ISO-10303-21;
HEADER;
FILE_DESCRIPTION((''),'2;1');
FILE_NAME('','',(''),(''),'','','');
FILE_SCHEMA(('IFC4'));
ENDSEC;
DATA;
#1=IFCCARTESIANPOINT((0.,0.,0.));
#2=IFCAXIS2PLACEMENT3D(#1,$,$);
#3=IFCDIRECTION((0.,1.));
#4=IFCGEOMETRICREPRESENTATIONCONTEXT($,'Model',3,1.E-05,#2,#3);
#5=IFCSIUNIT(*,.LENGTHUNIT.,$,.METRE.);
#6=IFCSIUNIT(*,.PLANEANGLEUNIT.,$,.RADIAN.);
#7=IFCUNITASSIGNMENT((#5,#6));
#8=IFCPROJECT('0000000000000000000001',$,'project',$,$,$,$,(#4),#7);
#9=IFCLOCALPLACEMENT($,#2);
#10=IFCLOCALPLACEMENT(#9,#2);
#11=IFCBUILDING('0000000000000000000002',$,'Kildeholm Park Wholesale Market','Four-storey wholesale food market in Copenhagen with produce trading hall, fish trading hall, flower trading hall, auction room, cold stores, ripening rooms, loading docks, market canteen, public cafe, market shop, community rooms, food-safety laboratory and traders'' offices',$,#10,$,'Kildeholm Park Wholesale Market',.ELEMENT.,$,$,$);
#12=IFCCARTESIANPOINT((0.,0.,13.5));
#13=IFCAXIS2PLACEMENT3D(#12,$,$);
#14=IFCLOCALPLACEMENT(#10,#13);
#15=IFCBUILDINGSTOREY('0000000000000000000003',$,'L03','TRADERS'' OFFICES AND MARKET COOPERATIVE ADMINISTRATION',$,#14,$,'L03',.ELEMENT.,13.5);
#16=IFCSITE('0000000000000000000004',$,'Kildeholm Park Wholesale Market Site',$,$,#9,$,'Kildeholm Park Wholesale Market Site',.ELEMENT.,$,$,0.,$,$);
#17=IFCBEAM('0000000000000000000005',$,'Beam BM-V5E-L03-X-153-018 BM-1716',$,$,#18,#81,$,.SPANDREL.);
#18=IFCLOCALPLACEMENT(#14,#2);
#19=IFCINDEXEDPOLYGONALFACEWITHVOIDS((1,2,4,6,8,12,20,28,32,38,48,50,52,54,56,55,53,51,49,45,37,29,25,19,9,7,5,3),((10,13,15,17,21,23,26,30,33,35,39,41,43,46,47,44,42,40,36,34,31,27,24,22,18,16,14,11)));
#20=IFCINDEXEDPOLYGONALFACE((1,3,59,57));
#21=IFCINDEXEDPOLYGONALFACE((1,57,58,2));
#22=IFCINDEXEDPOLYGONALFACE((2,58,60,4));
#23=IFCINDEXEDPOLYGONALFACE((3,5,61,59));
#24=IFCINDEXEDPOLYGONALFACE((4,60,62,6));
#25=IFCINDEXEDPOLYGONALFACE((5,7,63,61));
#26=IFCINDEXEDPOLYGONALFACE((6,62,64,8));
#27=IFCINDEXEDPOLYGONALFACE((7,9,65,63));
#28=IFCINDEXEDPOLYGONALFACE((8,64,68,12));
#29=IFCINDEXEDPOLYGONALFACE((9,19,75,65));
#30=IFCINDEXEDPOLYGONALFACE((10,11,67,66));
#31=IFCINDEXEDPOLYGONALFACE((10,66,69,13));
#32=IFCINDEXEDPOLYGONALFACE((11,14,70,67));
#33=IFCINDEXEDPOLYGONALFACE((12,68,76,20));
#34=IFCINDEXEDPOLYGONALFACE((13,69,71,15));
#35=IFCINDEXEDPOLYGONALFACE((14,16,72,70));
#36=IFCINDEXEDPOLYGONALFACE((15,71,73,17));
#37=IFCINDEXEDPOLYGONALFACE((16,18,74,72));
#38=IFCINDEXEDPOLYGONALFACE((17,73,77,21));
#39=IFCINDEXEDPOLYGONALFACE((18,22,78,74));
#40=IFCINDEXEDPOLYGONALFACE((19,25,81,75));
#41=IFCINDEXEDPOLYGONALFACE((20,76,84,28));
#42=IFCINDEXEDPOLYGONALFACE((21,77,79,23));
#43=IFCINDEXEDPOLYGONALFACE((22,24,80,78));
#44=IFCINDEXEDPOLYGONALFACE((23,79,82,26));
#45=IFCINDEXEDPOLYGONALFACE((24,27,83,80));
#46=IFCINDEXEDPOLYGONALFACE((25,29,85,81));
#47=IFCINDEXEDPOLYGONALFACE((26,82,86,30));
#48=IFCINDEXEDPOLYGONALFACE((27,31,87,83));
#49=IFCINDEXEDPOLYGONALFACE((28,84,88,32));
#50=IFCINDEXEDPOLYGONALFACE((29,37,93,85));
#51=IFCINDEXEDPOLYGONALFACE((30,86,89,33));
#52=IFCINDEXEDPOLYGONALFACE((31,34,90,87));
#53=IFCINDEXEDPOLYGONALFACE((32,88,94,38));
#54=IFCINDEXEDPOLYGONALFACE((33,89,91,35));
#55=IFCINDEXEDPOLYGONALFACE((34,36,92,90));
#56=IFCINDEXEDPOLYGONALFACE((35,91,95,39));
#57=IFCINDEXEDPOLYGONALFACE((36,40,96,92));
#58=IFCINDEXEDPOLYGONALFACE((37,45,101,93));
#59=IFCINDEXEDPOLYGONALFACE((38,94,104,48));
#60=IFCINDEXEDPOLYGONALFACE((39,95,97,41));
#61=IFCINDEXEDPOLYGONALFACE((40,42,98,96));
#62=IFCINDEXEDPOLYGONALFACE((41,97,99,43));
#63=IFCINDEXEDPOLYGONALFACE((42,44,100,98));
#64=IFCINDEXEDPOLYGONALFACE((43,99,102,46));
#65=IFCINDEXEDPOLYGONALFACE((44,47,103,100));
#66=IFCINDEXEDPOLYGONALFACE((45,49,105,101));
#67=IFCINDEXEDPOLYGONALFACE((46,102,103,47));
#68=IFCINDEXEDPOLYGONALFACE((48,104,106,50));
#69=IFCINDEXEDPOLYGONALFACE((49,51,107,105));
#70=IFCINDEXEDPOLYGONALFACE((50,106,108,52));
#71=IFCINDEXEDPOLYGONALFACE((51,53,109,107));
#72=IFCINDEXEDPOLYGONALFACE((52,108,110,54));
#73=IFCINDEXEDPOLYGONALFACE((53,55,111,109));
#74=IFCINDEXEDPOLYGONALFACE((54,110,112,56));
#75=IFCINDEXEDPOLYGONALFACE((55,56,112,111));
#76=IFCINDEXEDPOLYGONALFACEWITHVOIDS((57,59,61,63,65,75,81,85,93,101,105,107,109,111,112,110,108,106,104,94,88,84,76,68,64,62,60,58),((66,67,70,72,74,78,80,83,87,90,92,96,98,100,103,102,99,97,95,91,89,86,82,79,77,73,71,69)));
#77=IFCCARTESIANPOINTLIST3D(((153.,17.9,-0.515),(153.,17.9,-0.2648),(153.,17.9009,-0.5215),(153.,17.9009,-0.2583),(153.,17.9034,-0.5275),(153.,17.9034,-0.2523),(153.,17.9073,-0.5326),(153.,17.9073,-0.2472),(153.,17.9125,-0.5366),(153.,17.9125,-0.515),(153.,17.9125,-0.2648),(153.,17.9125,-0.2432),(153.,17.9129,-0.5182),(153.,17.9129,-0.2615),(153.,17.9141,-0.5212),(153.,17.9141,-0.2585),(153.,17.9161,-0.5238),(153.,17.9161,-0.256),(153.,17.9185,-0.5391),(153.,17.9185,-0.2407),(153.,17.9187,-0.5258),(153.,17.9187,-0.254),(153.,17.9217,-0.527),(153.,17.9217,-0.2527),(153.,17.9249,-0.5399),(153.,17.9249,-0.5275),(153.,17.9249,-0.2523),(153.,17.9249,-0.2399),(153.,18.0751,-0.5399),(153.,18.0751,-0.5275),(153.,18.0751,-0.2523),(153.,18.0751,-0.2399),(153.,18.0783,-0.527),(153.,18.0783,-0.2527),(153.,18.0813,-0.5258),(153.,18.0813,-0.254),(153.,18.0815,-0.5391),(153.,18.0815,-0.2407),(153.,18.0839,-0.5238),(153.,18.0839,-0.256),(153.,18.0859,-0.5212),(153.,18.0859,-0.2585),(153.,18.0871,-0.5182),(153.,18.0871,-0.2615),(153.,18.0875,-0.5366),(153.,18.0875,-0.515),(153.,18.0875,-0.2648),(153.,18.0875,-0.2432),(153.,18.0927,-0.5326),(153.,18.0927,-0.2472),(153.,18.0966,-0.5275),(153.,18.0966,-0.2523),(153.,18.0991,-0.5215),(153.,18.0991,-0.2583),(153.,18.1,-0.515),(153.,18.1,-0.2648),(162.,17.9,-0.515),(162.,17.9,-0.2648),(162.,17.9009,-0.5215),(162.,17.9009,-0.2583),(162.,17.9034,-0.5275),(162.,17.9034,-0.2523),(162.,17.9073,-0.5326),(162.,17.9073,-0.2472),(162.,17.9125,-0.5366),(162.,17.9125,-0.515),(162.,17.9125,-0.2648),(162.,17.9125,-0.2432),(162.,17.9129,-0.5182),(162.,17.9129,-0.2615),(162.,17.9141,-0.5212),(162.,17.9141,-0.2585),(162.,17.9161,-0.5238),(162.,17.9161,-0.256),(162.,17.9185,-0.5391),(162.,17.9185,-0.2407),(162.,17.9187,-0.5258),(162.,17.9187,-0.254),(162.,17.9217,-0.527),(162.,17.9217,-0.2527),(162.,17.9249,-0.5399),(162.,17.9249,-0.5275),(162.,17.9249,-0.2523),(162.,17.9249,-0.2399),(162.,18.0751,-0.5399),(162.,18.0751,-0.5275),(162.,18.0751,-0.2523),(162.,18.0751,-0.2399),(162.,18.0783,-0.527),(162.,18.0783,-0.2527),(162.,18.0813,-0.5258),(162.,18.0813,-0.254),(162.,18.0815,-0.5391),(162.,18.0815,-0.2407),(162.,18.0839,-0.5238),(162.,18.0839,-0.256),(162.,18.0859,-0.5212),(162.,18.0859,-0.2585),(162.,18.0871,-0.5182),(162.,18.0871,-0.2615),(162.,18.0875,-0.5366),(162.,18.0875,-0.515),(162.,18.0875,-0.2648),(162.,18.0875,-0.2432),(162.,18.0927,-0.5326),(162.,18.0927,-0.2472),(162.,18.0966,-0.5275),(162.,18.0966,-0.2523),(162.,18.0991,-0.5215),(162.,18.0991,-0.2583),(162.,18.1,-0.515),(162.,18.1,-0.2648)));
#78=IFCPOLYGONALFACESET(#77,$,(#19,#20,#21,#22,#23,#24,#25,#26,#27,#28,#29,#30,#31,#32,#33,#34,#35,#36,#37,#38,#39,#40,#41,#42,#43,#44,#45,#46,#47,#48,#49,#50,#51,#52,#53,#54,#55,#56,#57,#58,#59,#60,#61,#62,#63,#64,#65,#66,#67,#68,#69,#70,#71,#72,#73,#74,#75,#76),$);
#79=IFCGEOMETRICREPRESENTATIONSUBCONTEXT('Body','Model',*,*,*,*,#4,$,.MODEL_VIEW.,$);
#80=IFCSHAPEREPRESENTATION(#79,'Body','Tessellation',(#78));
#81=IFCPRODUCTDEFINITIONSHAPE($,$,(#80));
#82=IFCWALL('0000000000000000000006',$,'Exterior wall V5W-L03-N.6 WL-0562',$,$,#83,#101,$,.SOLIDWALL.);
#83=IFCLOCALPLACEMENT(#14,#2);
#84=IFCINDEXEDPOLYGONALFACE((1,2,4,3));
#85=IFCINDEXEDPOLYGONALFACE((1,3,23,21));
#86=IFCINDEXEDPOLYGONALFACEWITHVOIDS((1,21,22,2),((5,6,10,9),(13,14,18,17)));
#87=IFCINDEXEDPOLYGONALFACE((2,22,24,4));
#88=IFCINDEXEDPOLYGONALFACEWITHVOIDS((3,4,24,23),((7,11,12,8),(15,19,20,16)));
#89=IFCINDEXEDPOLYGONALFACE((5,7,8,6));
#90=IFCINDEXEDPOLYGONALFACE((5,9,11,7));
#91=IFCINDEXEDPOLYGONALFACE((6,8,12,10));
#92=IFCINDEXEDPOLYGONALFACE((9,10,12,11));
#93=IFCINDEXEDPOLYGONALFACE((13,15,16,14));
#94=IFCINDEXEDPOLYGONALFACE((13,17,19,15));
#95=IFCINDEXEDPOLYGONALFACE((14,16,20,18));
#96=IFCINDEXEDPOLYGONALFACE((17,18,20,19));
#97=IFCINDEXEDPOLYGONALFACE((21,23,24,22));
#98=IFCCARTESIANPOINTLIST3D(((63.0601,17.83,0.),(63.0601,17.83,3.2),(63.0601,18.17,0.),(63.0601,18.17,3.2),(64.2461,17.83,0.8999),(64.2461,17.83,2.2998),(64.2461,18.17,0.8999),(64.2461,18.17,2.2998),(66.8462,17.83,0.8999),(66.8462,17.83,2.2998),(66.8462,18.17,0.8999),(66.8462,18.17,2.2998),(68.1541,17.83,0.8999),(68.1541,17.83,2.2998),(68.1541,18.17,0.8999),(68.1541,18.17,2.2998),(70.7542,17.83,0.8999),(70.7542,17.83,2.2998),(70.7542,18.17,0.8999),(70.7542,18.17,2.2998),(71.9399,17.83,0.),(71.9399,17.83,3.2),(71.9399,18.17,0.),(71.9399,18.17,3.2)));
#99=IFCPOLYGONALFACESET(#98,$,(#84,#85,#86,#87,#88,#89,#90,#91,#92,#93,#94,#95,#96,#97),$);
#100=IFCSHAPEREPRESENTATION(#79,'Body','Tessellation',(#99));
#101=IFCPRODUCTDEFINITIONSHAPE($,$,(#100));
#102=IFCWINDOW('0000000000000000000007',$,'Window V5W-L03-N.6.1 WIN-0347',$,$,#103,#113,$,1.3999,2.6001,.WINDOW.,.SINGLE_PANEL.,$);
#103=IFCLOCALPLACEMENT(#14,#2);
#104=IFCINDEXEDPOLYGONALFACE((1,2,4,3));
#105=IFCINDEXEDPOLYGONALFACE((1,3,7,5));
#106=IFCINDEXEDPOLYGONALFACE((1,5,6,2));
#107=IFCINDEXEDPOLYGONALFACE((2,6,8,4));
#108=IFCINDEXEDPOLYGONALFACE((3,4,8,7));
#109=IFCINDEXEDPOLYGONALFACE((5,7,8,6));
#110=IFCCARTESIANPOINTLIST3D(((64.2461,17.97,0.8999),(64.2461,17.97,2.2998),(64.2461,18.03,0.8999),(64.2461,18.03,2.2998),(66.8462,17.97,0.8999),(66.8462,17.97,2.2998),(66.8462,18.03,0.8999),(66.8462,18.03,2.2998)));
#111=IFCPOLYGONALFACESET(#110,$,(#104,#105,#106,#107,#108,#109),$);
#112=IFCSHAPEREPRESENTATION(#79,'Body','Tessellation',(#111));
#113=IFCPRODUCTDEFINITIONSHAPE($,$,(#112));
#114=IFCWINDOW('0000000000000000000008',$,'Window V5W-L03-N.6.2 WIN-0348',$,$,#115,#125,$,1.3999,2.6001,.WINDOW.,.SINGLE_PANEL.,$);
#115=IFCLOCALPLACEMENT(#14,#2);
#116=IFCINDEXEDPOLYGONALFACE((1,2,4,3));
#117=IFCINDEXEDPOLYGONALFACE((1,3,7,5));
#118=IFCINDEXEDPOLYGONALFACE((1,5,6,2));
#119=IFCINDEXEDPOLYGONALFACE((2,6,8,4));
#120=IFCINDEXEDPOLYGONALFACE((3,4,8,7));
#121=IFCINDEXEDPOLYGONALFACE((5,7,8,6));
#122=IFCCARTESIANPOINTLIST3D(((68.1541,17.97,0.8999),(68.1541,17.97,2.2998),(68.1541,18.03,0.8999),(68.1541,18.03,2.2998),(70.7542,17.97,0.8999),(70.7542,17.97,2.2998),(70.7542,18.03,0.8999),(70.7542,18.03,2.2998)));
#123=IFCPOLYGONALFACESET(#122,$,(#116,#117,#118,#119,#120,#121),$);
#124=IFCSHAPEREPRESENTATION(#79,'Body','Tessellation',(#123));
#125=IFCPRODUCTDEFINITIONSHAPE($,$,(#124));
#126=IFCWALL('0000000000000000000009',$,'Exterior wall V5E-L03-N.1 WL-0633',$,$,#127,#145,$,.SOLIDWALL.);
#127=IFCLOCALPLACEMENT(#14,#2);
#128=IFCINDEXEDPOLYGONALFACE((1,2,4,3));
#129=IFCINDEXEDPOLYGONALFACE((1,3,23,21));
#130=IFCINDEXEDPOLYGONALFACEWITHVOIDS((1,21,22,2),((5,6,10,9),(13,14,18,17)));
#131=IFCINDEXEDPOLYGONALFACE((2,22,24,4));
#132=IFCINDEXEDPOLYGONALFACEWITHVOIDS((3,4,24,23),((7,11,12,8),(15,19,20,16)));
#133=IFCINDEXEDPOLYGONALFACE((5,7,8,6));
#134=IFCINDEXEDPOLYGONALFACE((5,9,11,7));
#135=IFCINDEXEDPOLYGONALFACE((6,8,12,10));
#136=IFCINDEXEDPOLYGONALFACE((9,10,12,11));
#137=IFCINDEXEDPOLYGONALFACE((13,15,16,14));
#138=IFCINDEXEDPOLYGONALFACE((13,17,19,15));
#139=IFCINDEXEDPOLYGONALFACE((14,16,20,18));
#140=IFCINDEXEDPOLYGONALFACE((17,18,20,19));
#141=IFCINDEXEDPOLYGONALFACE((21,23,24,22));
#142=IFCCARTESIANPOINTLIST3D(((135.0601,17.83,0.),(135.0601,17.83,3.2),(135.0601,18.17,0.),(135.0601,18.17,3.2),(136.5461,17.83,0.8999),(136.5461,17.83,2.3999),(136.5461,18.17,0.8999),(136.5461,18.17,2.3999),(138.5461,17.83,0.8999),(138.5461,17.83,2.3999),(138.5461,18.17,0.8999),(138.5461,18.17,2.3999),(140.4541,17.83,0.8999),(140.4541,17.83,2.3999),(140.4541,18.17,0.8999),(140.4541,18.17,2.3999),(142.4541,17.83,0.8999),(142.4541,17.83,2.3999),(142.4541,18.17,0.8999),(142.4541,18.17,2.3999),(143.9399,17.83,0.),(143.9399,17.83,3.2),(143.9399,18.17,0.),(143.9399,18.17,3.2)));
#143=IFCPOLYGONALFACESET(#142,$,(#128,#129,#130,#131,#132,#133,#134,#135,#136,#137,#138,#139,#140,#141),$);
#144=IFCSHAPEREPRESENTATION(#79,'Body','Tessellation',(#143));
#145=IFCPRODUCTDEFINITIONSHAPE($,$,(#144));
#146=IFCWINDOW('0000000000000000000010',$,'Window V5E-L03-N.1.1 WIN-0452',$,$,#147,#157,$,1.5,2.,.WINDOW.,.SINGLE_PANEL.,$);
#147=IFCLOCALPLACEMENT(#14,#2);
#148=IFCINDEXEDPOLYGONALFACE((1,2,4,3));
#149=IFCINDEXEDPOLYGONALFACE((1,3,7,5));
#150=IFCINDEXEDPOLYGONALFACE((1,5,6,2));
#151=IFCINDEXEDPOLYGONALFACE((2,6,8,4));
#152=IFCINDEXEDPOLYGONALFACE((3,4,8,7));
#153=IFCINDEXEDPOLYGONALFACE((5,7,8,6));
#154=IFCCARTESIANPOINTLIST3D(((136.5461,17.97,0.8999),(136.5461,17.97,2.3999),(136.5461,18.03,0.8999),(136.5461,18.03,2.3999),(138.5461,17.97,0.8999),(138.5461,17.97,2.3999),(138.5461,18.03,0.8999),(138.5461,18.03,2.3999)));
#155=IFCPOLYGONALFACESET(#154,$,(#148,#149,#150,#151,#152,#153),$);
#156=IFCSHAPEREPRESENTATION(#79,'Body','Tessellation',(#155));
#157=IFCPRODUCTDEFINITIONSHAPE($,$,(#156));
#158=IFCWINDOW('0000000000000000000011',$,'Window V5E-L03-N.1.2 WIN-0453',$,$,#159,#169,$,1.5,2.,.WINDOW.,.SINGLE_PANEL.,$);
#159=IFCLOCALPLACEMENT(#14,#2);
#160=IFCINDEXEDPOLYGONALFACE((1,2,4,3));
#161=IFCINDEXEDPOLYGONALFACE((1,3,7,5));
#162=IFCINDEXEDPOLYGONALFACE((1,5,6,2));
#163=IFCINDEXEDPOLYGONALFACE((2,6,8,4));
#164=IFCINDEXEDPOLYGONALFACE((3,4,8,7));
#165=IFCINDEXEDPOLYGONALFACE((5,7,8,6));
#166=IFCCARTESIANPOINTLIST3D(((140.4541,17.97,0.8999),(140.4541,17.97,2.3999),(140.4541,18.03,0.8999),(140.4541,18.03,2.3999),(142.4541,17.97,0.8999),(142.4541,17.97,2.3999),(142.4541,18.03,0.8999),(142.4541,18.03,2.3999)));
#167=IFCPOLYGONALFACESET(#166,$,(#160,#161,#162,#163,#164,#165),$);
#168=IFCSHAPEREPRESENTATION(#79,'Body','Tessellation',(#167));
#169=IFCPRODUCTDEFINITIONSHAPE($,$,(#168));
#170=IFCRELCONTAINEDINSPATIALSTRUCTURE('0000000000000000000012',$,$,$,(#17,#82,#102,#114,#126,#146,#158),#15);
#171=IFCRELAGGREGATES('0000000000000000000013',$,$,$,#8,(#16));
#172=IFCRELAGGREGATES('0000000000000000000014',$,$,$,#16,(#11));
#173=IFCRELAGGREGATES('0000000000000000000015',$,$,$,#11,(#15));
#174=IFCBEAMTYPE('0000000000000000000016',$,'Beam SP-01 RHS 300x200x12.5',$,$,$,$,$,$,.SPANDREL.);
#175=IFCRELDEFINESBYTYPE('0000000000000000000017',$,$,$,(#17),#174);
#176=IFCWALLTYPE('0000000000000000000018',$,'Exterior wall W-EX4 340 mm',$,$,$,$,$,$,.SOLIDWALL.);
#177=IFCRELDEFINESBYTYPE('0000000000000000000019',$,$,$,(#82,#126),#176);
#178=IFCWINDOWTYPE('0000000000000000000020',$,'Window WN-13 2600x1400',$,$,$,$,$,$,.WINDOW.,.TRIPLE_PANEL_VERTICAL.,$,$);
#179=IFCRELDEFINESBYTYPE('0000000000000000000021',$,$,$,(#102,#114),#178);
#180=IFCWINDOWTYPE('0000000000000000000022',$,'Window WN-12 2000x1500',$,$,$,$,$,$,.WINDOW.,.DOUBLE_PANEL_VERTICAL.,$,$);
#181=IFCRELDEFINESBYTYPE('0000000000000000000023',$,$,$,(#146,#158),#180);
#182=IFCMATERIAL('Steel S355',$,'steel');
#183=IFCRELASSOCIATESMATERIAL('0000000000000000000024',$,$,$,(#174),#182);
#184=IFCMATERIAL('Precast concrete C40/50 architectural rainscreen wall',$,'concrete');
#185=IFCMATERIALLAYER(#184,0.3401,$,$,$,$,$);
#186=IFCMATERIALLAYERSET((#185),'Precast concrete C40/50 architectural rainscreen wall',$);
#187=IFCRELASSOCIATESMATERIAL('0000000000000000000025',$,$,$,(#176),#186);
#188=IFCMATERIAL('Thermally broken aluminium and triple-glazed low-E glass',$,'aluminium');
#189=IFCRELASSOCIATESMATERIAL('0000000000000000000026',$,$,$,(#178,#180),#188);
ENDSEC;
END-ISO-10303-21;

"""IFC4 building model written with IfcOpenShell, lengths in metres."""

from ifc_helpers import new_model, si_unit, direction, frame, frame_2d, origin, origin_2d, place, context, subcontext, project, spatial, rectangle, hollow_rectangle, extrude, material, layer, layer_set, material_profile, profile_set, type_object, element, fill, save


model = new_model("IFC4")

# Units and contexts
model_context = context("Model", 3, precision=1e-05, world=origin(), true_north=direction((0.0, 1.0)))
body_context = subcontext(model_context, "Body", "Model", "MODEL_VIEW")
ifc_project = project(units=[si_unit("LENGTHUNIT", "METRE"), si_unit("PLANEANGLEUNIT", "RADIAN")], contexts=[model_context])

# Site, building, storey
site_placement = place(None, origin())
site = spatial("IfcSite", under=ifc_project, at=site_placement, Name="Kildeholm Park Wholesale Market Site", LongName="Kildeholm Park Wholesale Market Site", CompositionType="ELEMENT", RefElevation=0.0)
building_placement = place(site_placement, origin())
building = spatial("IfcBuilding", under=site, at=building_placement, Name="Kildeholm Park Wholesale Market", Description="Four-storey wholesale food market in Copenhagen with produce trading hall, fish trading hall, flower trading hall, auction room, cold stores, ripening rooms, loading docks, market canteen, public cafe, market shop, community rooms, food-safety laboratory and traders' offices", LongName="Kildeholm Park Wholesale Market", CompositionType="ELEMENT")
storey_placement = place(building_placement, frame((0.0, 0.0, 13.5)))
storey = spatial("IfcBuildingStorey", under=building, at=storey_placement, Name="L03", Description="TRADERS' OFFICES AND MARKET COOPERATIVE ADMINISTRATION", LongName="L03", CompositionType="ELEMENT", Elevation=13.5)

# Shared definitions
ifc_material_1 = material(Name="Steel S355", Category="steel")

# Beam
ifc_material_profile_1 = material_profile(ifc_material_1, hollow_rectangle(XDim=0.2, YDim=0.3, WallThickness=0.0125, InnerFilletRadius=0.0125, OuterFilletRadius=0.0249, at=origin_2d()), Name="RHS 300x200x12.5")
ifc_profile_set_1 = profile_set([ifc_material_profile_1], Name="Steel S355")
beam_type = type_object("IfcBeamType", Name="Beam SP-01 RHS 300x200x12.5", PredefinedType="SPANDREL", material=ifc_profile_set_1)
for number, where, z_axis, x_axis, name in (
    (1, (153.0, 18.0, -0.3899), (1.0, 0.0, 0.0), (0.0, 1.0, 0.0), "Beam BM-V5E-L03-X-153-018 BM-1716"),
):
    element("IfcBeam", number, at=place(storey_placement, frame(where, z_axis=z_axis, x_axis=x_axis)), inside=storey, type_object=beam_type, Name=name, PredefinedType="SPANDREL", context=body_context, shape_type="SweptSolid", body=[
        extrude(hollow_rectangle(XDim=0.2, YDim=0.3, WallThickness=0.0125, InnerFilletRadius=0.0125, OuterFilletRadius=0.0249, at=origin_2d()), origin(), (0.0, 0.0, 1.0), 9.0),
    ])

# Walls, openings, windows
ifc_material_2 = material(Name="Precast concrete C40/50 architectural rainscreen wall", Category="concrete")
ifc_layer = layer(ifc_material_2, 0.3401)
ifc_layer_set = layer_set([ifc_layer], Name="Precast concrete C40/50 architectural rainscreen wall")
wall_type = type_object("IfcWallType", Name="Exterior wall W-EX4 340 mm", PredefinedType="SOLIDWALL", material=ifc_layer_set)
wall_1_placement = place(storey_placement, frame((63.0601, 18.0, 0.0), z_axis=(0.0, 0.0, 1.0), x_axis=(1.0, 0.0, 0.0)))
wall_1 = element("IfcWall", 2, at=wall_1_placement, inside=storey, type_object=wall_type, Name="Exterior wall V5W-L03-N.6 WL-0562", PredefinedType="SOLIDWALL", context=body_context, shape_type="SweptSolid", body=[
    extrude(rectangle(XDim=8.8799, YDim=0.3401, at=frame_2d((4.4399, 0.0))), origin(), (0.0, 0.0, 1.0), 3.2),
])
opening_1_placement = place(wall_1_placement, frame((1.186, 0.0, 0.8999)))
opening_1 = element("IfcOpeningElement", 3, at=opening_1_placement, cuts=wall_1, PredefinedType="OPENING", context=body_context, shape_type="SweptSolid", body=[
    extrude(rectangle(XDim=2.6001, YDim=1.3999, at=frame_2d((1.3, 0.7))), frame((0.0, 0.1799, 0.0), z_axis=(0.0, -1.0, 0.0), x_axis=(1.0, 0.0, 0.0)), (0.0, 0.0, 1.0), 0.3601),
])
opening_2_placement = place(wall_1_placement, frame((5.094, 0.0, 0.8999)))
opening_2 = element("IfcOpeningElement", 4, at=opening_2_placement, cuts=wall_1, PredefinedType="OPENING", context=body_context, shape_type="SweptSolid", body=[
    extrude(rectangle(XDim=2.6001, YDim=1.3999, at=frame_2d((1.3, 0.7))), frame((0.0, 0.1799, 0.0), z_axis=(0.0, -1.0, 0.0), x_axis=(1.0, 0.0, 0.0)), (0.0, 0.0, 1.0), 0.3601),
])
ifc_material_3 = material(Name="Thermally broken aluminium and triple-glazed low-E glass", Category="aluminium")
window_type_1 = type_object("IfcWindowType", Name="Window WN-13 2600x1400", PartitioningType="TRIPLE_PANEL_VERTICAL", PredefinedType="WINDOW", material=ifc_material_3)
window_1_placement = place(opening_1_placement, origin())
window_1 = element("IfcWindow", 5, at=window_1_placement, inside=storey, type_object=window_type_1, Name="Window V5W-L03-N.6.1 WIN-0347", OverallHeight=1.3999, OverallWidth=2.6001, PartitioningType="SINGLE_PANEL", PredefinedType="WINDOW", context=body_context, shape_type="SweptSolid", body=[
    extrude(rectangle(XDim=2.6001, YDim=1.3999, at=frame_2d((1.3, 0.7))), frame((0.0, 0.03, 0.0), z_axis=(0.0, -1.0, 0.0), x_axis=(1.0, 0.0, 0.0)), (0.0, 0.0, 1.0), 0.0601),
])
fill(opening_1, window_1)
window_2_placement = place(opening_2_placement, origin())
window_2 = element("IfcWindow", 6, at=window_2_placement, inside=storey, type_object=window_type_1, Name="Window V5W-L03-N.6.2 WIN-0348", OverallHeight=1.3999, OverallWidth=2.6001, PartitioningType="SINGLE_PANEL", PredefinedType="WINDOW", context=body_context, shape_type="SweptSolid", body=[
    extrude(rectangle(XDim=2.6001, YDim=1.3999, at=frame_2d((1.3, 0.7))), frame((0.0, 0.03, 0.0), z_axis=(0.0, -1.0, 0.0), x_axis=(1.0, 0.0, 0.0)), (0.0, 0.0, 1.0), 0.0601),
])
fill(opening_2, window_2)
wall_2_placement = place(storey_placement, frame((135.0601, 18.0, 0.0), z_axis=(0.0, 0.0, 1.0), x_axis=(1.0, 0.0, 0.0)))
wall_2 = element("IfcWall", 7, at=wall_2_placement, inside=storey, type_object=wall_type, Name="Exterior wall V5E-L03-N.1 WL-0633", PredefinedType="SOLIDWALL", context=body_context, shape_type="SweptSolid", body=[
    extrude(rectangle(XDim=8.8799, YDim=0.3401, at=frame_2d((4.4399, 0.0))), origin(), (0.0, 0.0, 1.0), 3.2),
])
opening_3_placement = place(wall_2_placement, frame((1.4861, 0.0, 0.8999)))
opening_3 = element("IfcOpeningElement", 8, at=opening_3_placement, cuts=wall_2, PredefinedType="OPENING", context=body_context, shape_type="SweptSolid", body=[
    extrude(rectangle(XDim=2.0, YDim=1.5, at=frame_2d((1.0, 0.75))), frame((0.0, 0.1799, 0.0), z_axis=(0.0, -1.0, 0.0), x_axis=(1.0, 0.0, 0.0)), (0.0, 0.0, 1.0), 0.3601),
])
opening_4_placement = place(wall_2_placement, frame((5.394, 0.0, 0.8999)))
opening_4 = element("IfcOpeningElement", 9, at=opening_4_placement, cuts=wall_2, PredefinedType="OPENING", context=body_context, shape_type="SweptSolid", body=[
    extrude(rectangle(XDim=2.0, YDim=1.5, at=frame_2d((1.0, 0.75))), frame((0.0, 0.1799, 0.0), z_axis=(0.0, -1.0, 0.0), x_axis=(1.0, 0.0, 0.0)), (0.0, 0.0, 1.0), 0.3601),
])
window_type_2 = type_object("IfcWindowType", Name="Window WN-12 2000x1500", PartitioningType="DOUBLE_PANEL_VERTICAL", PredefinedType="WINDOW", material=ifc_material_3)
window_3_placement = place(opening_3_placement, origin())
window_3 = element("IfcWindow", 10, at=window_3_placement, inside=storey, type_object=window_type_2, Name="Window V5E-L03-N.1.1 WIN-0452", OverallHeight=1.5, OverallWidth=2.0, PartitioningType="SINGLE_PANEL", PredefinedType="WINDOW", context=body_context, shape_type="SweptSolid", body=[
    extrude(rectangle(XDim=2.0, YDim=1.5, at=frame_2d((1.0, 0.75))), frame((0.0, 0.03, 0.0), z_axis=(0.0, -1.0, 0.0), x_axis=(1.0, 0.0, 0.0)), (0.0, 0.0, 1.0), 0.0601),
])
fill(opening_3, window_3)
window_4_placement = place(opening_4_placement, origin())
window_4 = element("IfcWindow", 11, at=window_4_placement, inside=storey, type_object=window_type_2, Name="Window V5E-L03-N.1.2 WIN-0453", OverallHeight=1.5, OverallWidth=2.0, PartitioningType="SINGLE_PANEL", PredefinedType="WINDOW", context=body_context, shape_type="SweptSolid", body=[
    extrude(rectangle(XDim=2.0, YDim=1.5, at=frame_2d((1.0, 0.75))), frame((0.0, 0.03, 0.0), z_axis=(0.0, -1.0, 0.0), x_axis=(1.0, 0.0, 0.0)), (0.0, 0.0, 1.0), 0.0601),
])
fill(opening_4, window_4)

save(model, "model.ifc")
